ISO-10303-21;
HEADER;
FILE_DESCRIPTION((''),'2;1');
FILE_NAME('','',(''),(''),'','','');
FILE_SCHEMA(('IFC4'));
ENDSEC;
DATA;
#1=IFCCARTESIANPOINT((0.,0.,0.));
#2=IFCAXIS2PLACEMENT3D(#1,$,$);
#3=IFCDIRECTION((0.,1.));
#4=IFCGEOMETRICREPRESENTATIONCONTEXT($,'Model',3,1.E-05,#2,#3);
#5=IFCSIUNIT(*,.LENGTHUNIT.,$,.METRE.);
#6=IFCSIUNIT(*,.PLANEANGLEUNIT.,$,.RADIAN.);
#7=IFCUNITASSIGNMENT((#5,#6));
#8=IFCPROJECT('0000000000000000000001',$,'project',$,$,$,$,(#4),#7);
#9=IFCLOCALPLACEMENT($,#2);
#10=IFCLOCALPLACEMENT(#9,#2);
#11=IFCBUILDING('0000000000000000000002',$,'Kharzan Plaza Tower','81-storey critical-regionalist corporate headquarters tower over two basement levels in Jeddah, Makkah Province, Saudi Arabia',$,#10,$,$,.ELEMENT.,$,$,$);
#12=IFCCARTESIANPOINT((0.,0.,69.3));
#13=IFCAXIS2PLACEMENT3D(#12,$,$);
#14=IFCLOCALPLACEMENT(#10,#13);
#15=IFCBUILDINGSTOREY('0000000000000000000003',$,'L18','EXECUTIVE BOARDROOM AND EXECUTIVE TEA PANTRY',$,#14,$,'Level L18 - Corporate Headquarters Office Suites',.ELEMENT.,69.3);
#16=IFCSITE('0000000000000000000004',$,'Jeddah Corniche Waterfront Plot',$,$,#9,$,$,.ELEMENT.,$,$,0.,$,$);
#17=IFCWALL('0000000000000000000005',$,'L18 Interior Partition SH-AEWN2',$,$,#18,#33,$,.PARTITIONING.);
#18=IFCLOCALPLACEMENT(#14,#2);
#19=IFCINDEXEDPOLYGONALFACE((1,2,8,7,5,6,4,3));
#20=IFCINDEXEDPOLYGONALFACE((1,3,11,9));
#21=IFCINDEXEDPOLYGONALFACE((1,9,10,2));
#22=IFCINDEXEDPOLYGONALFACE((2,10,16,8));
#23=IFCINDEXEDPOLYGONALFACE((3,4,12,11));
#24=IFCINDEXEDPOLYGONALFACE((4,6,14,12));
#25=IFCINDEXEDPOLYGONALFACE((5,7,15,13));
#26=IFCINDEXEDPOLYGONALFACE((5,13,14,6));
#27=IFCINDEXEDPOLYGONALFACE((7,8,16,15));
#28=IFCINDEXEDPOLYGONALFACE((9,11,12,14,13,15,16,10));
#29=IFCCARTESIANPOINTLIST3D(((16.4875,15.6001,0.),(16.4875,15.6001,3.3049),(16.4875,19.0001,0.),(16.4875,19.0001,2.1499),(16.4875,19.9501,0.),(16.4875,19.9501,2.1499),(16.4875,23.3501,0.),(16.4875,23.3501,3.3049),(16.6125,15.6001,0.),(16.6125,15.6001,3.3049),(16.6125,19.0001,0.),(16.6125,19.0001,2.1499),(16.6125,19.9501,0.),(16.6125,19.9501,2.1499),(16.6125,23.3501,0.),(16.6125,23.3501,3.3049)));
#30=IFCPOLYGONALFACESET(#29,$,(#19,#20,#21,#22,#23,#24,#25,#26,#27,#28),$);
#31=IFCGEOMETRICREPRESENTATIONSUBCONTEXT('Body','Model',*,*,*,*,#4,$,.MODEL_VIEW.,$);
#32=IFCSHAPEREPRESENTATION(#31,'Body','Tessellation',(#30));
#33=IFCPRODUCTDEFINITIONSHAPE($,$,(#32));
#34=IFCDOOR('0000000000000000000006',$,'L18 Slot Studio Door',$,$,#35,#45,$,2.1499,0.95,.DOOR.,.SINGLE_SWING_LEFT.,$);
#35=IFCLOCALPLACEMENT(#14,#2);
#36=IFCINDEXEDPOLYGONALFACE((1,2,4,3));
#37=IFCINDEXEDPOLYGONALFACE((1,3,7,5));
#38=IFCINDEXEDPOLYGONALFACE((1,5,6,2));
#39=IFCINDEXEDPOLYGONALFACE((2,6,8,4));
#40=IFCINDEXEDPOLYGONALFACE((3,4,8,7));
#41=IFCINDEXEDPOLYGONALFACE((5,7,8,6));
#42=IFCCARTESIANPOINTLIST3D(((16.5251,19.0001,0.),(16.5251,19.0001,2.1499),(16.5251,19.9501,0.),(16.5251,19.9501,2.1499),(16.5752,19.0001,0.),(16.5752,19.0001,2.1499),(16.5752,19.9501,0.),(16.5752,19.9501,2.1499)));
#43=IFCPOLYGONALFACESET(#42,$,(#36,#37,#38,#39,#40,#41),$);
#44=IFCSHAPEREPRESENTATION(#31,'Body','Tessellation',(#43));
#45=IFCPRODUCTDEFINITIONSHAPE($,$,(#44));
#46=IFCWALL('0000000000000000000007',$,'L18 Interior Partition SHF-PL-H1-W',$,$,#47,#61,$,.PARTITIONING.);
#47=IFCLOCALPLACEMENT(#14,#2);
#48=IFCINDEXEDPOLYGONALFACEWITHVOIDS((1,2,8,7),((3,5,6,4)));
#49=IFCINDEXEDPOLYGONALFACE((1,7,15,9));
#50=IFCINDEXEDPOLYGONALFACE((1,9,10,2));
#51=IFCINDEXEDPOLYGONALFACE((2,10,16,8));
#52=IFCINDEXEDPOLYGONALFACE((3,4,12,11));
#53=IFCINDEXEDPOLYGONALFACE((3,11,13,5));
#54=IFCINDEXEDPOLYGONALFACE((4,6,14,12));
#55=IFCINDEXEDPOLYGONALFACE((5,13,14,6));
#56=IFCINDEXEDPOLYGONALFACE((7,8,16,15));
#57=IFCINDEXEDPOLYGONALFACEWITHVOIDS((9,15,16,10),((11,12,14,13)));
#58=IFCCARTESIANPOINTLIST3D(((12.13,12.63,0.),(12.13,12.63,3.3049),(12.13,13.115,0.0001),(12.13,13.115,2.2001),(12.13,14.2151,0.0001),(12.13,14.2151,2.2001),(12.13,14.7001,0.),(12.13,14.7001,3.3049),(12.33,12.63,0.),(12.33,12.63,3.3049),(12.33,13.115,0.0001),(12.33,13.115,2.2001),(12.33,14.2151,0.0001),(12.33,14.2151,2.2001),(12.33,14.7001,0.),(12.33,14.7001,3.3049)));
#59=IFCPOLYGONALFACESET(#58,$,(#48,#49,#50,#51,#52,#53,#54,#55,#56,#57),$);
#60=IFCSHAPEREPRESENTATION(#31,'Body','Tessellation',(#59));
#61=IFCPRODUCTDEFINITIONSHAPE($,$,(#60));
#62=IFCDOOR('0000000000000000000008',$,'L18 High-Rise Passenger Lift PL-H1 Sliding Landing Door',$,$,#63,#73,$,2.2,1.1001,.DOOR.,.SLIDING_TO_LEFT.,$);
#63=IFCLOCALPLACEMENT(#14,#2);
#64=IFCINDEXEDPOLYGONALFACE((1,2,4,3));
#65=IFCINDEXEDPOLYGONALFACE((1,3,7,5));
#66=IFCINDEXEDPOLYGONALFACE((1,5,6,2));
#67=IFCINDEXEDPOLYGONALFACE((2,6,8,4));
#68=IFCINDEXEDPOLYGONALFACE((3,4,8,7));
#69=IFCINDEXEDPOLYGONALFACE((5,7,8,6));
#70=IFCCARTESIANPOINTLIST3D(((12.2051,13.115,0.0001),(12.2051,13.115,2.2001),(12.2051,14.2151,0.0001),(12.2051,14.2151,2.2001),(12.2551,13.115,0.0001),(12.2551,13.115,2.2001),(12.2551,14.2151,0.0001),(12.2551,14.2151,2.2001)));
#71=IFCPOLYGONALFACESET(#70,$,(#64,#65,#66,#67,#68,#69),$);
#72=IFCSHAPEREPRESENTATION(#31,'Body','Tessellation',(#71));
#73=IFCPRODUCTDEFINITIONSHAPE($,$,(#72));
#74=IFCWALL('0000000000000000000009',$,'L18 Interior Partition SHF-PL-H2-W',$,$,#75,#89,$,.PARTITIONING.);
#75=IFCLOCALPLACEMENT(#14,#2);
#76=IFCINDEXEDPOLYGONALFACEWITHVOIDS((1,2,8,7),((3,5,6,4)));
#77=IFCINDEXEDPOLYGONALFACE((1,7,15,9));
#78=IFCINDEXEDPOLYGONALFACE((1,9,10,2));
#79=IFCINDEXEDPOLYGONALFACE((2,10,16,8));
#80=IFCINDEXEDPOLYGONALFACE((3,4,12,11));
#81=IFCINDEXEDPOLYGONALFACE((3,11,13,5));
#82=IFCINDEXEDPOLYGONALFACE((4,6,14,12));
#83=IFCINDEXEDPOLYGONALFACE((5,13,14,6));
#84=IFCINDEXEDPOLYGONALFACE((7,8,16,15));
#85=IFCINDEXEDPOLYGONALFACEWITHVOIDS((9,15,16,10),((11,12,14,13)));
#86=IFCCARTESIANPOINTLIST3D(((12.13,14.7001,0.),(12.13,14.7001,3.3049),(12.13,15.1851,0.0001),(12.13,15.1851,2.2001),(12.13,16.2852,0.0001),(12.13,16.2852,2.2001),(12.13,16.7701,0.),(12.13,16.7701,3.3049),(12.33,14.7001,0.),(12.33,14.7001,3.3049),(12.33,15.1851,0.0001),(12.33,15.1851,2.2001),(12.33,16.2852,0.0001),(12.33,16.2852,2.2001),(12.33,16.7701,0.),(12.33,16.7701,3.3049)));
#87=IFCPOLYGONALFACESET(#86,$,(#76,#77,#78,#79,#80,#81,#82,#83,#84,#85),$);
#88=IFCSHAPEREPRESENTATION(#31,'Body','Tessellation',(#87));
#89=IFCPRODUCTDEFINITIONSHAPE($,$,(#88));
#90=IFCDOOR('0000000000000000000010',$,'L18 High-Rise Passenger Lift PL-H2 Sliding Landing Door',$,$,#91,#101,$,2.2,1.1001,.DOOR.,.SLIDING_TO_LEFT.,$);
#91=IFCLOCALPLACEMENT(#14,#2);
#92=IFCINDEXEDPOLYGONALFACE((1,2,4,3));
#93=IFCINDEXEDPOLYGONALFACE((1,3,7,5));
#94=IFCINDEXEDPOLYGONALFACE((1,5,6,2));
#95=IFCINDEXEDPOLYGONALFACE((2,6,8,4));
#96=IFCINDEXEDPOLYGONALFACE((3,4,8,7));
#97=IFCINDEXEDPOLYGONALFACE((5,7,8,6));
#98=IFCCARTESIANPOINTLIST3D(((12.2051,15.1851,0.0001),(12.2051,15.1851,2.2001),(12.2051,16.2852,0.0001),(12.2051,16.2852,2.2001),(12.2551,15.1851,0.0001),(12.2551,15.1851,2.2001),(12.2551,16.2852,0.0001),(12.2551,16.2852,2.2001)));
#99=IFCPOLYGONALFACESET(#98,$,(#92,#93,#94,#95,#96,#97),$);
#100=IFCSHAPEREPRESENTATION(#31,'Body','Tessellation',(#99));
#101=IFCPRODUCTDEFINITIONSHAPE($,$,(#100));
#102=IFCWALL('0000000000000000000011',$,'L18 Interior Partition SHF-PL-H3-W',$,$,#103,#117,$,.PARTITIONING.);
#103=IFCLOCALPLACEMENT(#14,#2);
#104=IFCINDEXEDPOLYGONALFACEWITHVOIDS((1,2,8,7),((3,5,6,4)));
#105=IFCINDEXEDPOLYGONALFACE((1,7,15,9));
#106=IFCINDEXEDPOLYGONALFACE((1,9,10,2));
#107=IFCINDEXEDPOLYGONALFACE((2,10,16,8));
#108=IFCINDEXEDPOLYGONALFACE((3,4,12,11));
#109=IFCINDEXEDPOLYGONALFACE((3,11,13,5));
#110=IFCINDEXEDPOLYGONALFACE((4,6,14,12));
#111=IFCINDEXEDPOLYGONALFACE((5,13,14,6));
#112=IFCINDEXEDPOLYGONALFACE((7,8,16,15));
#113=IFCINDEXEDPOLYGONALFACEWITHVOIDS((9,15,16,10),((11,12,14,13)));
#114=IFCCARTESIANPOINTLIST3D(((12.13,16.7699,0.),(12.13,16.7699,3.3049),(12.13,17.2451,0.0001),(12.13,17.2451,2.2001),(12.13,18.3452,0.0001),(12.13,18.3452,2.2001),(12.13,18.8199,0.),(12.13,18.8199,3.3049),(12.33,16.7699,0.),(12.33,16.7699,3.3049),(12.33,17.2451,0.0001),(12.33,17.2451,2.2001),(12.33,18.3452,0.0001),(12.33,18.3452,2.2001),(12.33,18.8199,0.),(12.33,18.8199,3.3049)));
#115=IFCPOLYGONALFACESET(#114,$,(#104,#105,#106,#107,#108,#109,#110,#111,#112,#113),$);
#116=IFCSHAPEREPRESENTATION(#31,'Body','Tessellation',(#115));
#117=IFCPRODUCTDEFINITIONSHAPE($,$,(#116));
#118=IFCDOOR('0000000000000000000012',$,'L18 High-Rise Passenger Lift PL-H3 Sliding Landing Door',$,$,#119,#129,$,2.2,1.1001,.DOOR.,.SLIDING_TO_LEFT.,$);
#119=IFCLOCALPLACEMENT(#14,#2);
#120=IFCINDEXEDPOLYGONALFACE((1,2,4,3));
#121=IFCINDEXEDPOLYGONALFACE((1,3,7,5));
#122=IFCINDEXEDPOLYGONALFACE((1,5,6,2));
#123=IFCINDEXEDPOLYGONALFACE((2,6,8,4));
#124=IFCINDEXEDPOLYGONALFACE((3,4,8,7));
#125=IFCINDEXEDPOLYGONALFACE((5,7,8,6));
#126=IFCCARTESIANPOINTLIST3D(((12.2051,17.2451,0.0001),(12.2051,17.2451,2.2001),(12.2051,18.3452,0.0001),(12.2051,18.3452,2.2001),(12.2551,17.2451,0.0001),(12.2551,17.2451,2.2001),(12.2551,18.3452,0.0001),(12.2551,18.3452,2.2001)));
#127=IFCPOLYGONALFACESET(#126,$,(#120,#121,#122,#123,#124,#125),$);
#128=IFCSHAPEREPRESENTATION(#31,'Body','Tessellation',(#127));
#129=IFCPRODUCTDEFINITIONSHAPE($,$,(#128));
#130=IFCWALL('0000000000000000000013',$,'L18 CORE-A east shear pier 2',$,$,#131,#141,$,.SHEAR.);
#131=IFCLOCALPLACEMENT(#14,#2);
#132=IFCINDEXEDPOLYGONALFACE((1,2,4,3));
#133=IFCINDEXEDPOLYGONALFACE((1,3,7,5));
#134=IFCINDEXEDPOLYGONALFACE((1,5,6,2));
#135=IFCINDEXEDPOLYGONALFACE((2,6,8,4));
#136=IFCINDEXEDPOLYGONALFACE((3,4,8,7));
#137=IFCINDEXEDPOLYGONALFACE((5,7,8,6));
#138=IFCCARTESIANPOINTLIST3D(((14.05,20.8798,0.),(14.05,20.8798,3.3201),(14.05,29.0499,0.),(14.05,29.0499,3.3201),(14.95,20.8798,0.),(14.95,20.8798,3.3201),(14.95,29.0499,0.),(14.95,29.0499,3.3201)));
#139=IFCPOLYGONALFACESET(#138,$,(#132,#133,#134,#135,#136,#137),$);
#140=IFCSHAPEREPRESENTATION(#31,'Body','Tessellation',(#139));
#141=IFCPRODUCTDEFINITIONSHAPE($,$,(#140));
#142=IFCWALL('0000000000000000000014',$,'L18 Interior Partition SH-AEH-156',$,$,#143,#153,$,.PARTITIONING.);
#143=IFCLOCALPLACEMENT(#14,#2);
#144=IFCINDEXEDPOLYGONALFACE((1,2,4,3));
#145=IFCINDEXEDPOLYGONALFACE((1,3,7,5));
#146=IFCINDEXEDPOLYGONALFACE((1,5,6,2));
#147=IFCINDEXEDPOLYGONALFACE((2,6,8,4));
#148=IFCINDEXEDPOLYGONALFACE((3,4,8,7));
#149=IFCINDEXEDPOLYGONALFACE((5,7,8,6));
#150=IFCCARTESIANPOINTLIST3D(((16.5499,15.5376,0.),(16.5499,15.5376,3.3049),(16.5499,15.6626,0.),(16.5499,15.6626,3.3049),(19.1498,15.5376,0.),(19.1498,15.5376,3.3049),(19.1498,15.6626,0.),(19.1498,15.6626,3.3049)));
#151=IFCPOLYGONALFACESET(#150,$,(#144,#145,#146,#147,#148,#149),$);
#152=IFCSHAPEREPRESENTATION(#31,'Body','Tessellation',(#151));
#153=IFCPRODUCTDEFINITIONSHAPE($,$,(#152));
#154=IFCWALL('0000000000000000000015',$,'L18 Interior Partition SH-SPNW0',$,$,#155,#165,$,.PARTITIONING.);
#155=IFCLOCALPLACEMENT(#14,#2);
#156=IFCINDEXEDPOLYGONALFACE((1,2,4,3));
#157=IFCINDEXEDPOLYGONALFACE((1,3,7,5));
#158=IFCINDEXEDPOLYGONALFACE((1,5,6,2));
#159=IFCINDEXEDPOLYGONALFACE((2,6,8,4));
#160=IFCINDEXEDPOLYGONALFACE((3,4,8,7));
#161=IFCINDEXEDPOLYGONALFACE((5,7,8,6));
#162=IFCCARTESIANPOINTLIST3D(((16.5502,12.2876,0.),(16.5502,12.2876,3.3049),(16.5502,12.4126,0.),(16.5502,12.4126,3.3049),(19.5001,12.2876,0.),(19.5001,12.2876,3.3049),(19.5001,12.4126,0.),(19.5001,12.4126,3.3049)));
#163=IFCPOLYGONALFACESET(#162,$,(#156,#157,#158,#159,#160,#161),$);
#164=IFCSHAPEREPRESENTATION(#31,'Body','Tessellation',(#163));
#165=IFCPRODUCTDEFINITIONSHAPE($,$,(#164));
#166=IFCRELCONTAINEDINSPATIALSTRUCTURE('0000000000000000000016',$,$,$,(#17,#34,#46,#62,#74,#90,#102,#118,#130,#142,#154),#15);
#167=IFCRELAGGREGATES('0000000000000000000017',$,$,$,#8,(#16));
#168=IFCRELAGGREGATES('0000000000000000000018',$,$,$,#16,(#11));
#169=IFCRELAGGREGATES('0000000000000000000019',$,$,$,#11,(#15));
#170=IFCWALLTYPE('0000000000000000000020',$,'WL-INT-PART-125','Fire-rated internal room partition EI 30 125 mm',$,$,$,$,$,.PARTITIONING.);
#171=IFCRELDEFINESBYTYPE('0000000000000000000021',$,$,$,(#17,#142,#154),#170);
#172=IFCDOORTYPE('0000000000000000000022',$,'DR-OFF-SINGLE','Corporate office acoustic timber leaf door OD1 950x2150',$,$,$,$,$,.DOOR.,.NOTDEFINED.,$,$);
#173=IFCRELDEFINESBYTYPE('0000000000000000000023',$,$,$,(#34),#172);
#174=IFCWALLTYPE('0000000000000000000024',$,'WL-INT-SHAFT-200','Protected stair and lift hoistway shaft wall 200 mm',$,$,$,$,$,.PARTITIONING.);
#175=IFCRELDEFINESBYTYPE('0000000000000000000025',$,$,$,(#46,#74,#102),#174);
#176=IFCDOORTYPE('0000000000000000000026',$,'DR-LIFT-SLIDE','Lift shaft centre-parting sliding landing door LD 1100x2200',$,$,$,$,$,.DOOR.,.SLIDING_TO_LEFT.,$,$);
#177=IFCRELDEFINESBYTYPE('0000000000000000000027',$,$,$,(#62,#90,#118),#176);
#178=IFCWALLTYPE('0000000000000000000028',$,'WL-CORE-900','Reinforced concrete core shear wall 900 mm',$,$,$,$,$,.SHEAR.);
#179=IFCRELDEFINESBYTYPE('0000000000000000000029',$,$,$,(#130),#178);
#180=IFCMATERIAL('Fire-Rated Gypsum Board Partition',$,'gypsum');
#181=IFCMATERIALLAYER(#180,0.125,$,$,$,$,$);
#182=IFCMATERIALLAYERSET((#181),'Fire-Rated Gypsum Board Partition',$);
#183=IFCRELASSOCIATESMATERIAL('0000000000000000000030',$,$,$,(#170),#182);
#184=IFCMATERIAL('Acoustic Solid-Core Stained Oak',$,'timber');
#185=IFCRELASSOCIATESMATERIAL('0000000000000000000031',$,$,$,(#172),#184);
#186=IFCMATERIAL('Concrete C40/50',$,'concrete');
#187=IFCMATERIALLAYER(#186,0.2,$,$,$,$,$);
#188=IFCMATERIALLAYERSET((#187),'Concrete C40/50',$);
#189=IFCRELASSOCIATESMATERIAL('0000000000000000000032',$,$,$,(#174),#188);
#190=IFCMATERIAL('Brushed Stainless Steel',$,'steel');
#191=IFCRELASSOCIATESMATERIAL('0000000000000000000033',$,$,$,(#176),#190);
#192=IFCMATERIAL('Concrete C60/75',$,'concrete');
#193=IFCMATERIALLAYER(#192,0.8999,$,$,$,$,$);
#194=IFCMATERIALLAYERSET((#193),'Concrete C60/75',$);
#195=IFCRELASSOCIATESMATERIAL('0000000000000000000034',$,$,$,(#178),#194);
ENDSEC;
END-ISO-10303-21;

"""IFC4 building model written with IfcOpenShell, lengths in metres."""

from ifc_helpers import new_model, si_unit, direction, frame, frame_2d, origin, place, context, subcontext, project, spatial, rectangle, extrude, source, transform, mapped, material, layer, layer_set, type_object, element, fill, save


model = new_model("IFC4")

# Units and contexts
model_context = context("Model", 3, precision=1e-05, world=origin(), true_north=direction((0.0, 1.0)))
body_context = subcontext(model_context, "Body", "Model", "MODEL_VIEW")
ifc_project = project(units=[si_unit("LENGTHUNIT", "METRE"), si_unit("PLANEANGLEUNIT", "RADIAN")], contexts=[model_context])

# Site, building, storey
site_placement = place(None, origin())
site = spatial("IfcSite", under=ifc_project, at=site_placement, Name="Jeddah Corniche Waterfront Plot", CompositionType="ELEMENT", RefElevation=0.0)
building_placement = place(site_placement, origin())
building = spatial("IfcBuilding", under=site, at=building_placement, Name="Kharzan Plaza Tower", Description="81-storey critical-regionalist corporate headquarters tower over two basement levels in Jeddah, Makkah Province, Saudi Arabia", CompositionType="ELEMENT")
storey_placement = place(building_placement, frame((0.0, 0.0, 69.3)))
storey = spatial("IfcBuildingStorey", under=building, at=storey_placement, Name="L18", Description="EXECUTIVE BOARDROOM AND EXECUTIVE TEA PANTRY", LongName="Level L18 - Corporate Headquarters Office Suites", CompositionType="ELEMENT", Elevation=69.3)

# Shared definitions
ifc_material_1 = material(Name="Concrete C60/75", Category="concrete")

# Walls, openings, doors
ifc_material_2 = material(Name="Fire-Rated Gypsum Board Partition", Category="gypsum")
ifc_layer_1 = layer(ifc_material_2, 0.125)
ifc_layer_set_1 = layer_set([ifc_layer_1], Name="Fire-Rated Gypsum Board Partition")
wall_type_1 = type_object("IfcWallType", Name="WL-INT-PART-125", Description="Fire-rated internal room partition EI 30 125 mm", PredefinedType="PARTITIONING", material=ifc_layer_set_1)
ifc_material_3 = material(Name="Acoustic Solid-Core Stained Oak", Category="timber")
door_type_1 = type_object("IfcDoorType", Name="DR-OFF-SINGLE", Description="Corporate office acoustic timber leaf door OD1 950x2150", OperationType="NOTDEFINED", PredefinedType="DOOR", material=ifc_material_3)
shared_shape_1 = source(origin(), body_context, "Body", "SweptSolid", [
    extrude(rectangle(XDim=0.95, YDim=2.1499, at=frame_2d((0.4751, 1.075))), frame((0.0, 0.0249, 0.0), z_axis=(0.0, -1.0, 0.0), x_axis=(1.0, 0.0, 0.0)), (0.0, 0.0, 1.0), 0.05),
])
wall_1_placement = place(storey_placement, frame((16.55, 15.6001, 0.0), z_axis=(0.0, 0.0, 1.0), x_axis=(0.0, 1.0, 0.0)))
wall_1 = element("IfcWall", 1, at=wall_1_placement, inside=storey, type_object=wall_type_1, Name="L18 Interior Partition SH-AEWN2", PredefinedType="PARTITIONING", context=body_context, shape_type="SweptSolid", body=[
    extrude(rectangle(XDim=7.75, YDim=0.125, at=frame_2d((3.875, 0.0))), origin(), (0.0, 0.0, 1.0), 3.3049),
])
opening_1_placement = place(wall_1_placement, frame((3.3999, 0.0, 0.0)))
opening_1 = element("IfcOpeningElement", 2, at=opening_1_placement, cuts=wall_1, PredefinedType="OPENING", context=body_context, shape_type="SweptSolid", body=[
    extrude(rectangle(XDim=0.95, YDim=2.1499, at=frame_2d((0.4751, 1.075))), frame((0.0, 0.0725, 0.0), z_axis=(0.0, -1.0, 0.0), x_axis=(1.0, 0.0, 0.0)), (0.0, 0.0, 1.0), 0.145),
])
door_1_placement = place(opening_1_placement, origin())
door_1 = element("IfcDoor", 3, at=door_1_placement, inside=storey, type_object=door_type_1, Name="L18 Slot Studio Door", OperationType="SINGLE_SWING_LEFT", OverallHeight=2.1499, OverallWidth=0.95, PredefinedType="DOOR", context=body_context, shape_type="MappedRepresentation", body=[
    mapped(shared_shape_1, transform((0.0, 0.0, 0.0), x_axis=(1.0, 0.0, 0.0), y_axis=(0.0, 1.0, 0.0), z_axis=(0.0, 0.0, 1.0))),
])
fill(opening_1, door_1)
ifc_material_4 = material(Name="Concrete C40/50", Category="concrete")
ifc_layer_2 = layer(ifc_material_4, 0.2)
ifc_layer_set_2 = layer_set([ifc_layer_2], Name="Concrete C40/50")
wall_type_2 = type_object("IfcWallType", Name="WL-INT-SHAFT-200", Description="Protected stair and lift hoistway shaft wall 200 mm", PredefinedType="PARTITIONING", material=ifc_layer_set_2)
wall_2_placement = place(storey_placement, frame((12.23, 12.6299, 0.0), z_axis=(0.0, 0.0, 1.0), x_axis=(0.0, 1.0, 0.0)))
wall_2 = element("IfcWall", 4, at=wall_2_placement, inside=storey, type_object=wall_type_2, Name="L18 Interior Partition SHF-PL-H1-W", PredefinedType="PARTITIONING", context=body_context, shape_type="SweptSolid", body=[
    extrude(rectangle(XDim=2.0701, YDim=0.2, at=frame_2d((1.0352, 0.0))), origin(), (0.0, 0.0, 1.0), 3.3049),
])
opening_2_placement = place(wall_2_placement, frame((0.4851, 0.0, 0.0)))
opening_2 = element("IfcOpeningElement", 5, at=opening_2_placement, cuts=wall_2, PredefinedType="OPENING", context=body_context, shape_type="SweptSolid", body=[
    extrude(rectangle(XDim=1.1001, YDim=2.2, at=frame_2d((0.55, 1.1001))), frame((0.0, 0.1099, 0.0), z_axis=(0.0, -1.0, 0.0), x_axis=(1.0, 0.0, 0.0)), (0.0, 0.0, 1.0), 0.22),
])
ifc_material_5 = material(Name="Brushed Stainless Steel", Category="steel")
door_type_2 = type_object("IfcDoorType", Name="DR-LIFT-SLIDE", Description="Lift shaft centre-parting sliding landing door LD 1100x2200", OperationType="SLIDING_TO_LEFT", PredefinedType="DOOR", material=ifc_material_5)
shared_shape_2 = source(origin(), body_context, "Body", "SweptSolid", [
    extrude(rectangle(XDim=1.1001, YDim=2.2, at=frame_2d((0.55, 1.1001))), frame((0.0, 0.0249, 0.0), z_axis=(0.0, -1.0, 0.0), x_axis=(1.0, 0.0, 0.0)), (0.0, 0.0, 1.0), 0.05),
])
door_2_placement = place(opening_2_placement, origin())
door_2 = element("IfcDoor", 6, at=door_2_placement, inside=storey, type_object=door_type_2, Name="L18 High-Rise Passenger Lift PL-H1 Sliding Landing Door", OperationType="SLIDING_TO_LEFT", OverallHeight=2.2, OverallWidth=1.1001, PredefinedType="DOOR", context=body_context, shape_type="MappedRepresentation", body=[
    mapped(shared_shape_2, transform((0.0, 0.0, 0.0), x_axis=(1.0, 0.0, 0.0), y_axis=(0.0, 1.0, 0.0), z_axis=(0.0, 0.0, 1.0))),
])
fill(opening_2, door_2)
wall_3_placement = place(storey_placement, frame((12.23, 14.7, 0.0), z_axis=(0.0, 0.0, 1.0), x_axis=(0.0, 1.0, 0.0)))
wall_3 = element("IfcWall", 7, at=wall_3_placement, inside=storey, type_object=wall_type_2, Name="L18 Interior Partition SHF-PL-H2-W", PredefinedType="PARTITIONING", context=body_context, shape_type="SweptSolid", body=[
    extrude(rectangle(XDim=2.0701, YDim=0.2, at=frame_2d((1.0352, 0.0))), origin(), (0.0, 0.0, 1.0), 3.3049),
])
opening_3_placement = place(wall_3_placement, frame((0.4851, 0.0, 0.0)))
opening_3 = element("IfcOpeningElement", 8, at=opening_3_placement, cuts=wall_3, PredefinedType="OPENING", context=body_context, shape_type="SweptSolid", body=[
    extrude(rectangle(XDim=1.1001, YDim=2.2, at=frame_2d((0.55, 1.1001))), frame((0.0, 0.1099, 0.0), z_axis=(0.0, -1.0, 0.0), x_axis=(1.0, 0.0, 0.0)), (0.0, 0.0, 1.0), 0.22),
])
door_3_placement = place(opening_3_placement, origin())
door_3 = element("IfcDoor", 9, at=door_3_placement, inside=storey, type_object=door_type_2, Name="L18 High-Rise Passenger Lift PL-H2 Sliding Landing Door", OperationType="SLIDING_TO_LEFT", OverallHeight=2.2, OverallWidth=1.1001, PredefinedType="DOOR", context=body_context, shape_type="MappedRepresentation", body=[
    mapped(shared_shape_2, transform((0.0, 0.0, 0.0), x_axis=(1.0, 0.0, 0.0), y_axis=(0.0, 1.0, 0.0), z_axis=(0.0, 0.0, 1.0))),
])
fill(opening_3, door_3)
wall_4_placement = place(storey_placement, frame((12.23, 16.77, 0.0), z_axis=(0.0, 0.0, 1.0), x_axis=(0.0, 1.0, 0.0)))
wall_4 = element("IfcWall", 10, at=wall_4_placement, inside=storey, type_object=wall_type_2, Name="L18 Interior Partition SHF-PL-H3-W", PredefinedType="PARTITIONING", context=body_context, shape_type="SweptSolid", body=[
    extrude(rectangle(XDim=2.05, YDim=0.2, at=frame_2d((1.0249, 0.0))), origin(), (0.0, 0.0, 1.0), 3.3049),
])
opening_4_placement = place(wall_4_placement, frame((0.4751, 0.0, 0.0)))
opening_4 = element("IfcOpeningElement", 11, at=opening_4_placement, cuts=wall_4, PredefinedType="OPENING", context=body_context, shape_type="SweptSolid", body=[
    extrude(rectangle(XDim=1.1001, YDim=2.2, at=frame_2d((0.55, 1.1001))), frame((0.0, 0.1099, 0.0), z_axis=(0.0, -1.0, 0.0), x_axis=(1.0, 0.0, 0.0)), (0.0, 0.0, 1.0), 0.22),
])
door_4_placement = place(opening_4_placement, origin())
door_4 = element("IfcDoor", 12, at=door_4_placement, inside=storey, type_object=door_type_2, Name="L18 High-Rise Passenger Lift PL-H3 Sliding Landing Door", OperationType="SLIDING_TO_LEFT", OverallHeight=2.2, OverallWidth=1.1001, PredefinedType="DOOR", context=body_context, shape_type="MappedRepresentation", body=[
    mapped(shared_shape_2, transform((0.0, 0.0, 0.0), x_axis=(1.0, 0.0, 0.0), y_axis=(0.0, 1.0, 0.0), z_axis=(0.0, 0.0, 1.0))),
])
fill(opening_4, door_4)

# Walls
ifc_layer_3 = layer(ifc_material_1, 0.8999)
ifc_layer_set_3 = layer_set([ifc_layer_3], Name="Concrete C60/75")
wall_type_3 = type_object("IfcWallType", Name="WL-CORE-900", Description="Reinforced concrete core shear wall 900 mm", PredefinedType="SHEAR", material=ifc_layer_set_3)
shared_shape_3 = source(origin(), body_context, "Body", "SweptSolid", [
    extrude(rectangle(XDim=8.1702, YDim=0.8999, at=frame_2d((4.085, 0.0))), origin(), (0.0, 0.0, 1.0), 3.3201),
])
wall_5_placement = place(storey_placement, frame((14.5, 20.8799, 0.0), z_axis=(0.0, 0.0, 1.0), x_axis=(0.0, 1.0, 0.0)))
element("IfcWall", 13, at=wall_5_placement, inside=storey, type_object=wall_type_3, Name="L18 CORE-A east shear pier 2", PredefinedType="SHEAR", context=body_context, shape_type="MappedRepresentation", body=[
    mapped(shared_shape_3, transform((0.0, 0.0, 0.0), x_axis=(1.0, 0.0, 0.0), y_axis=(0.0, 1.0, 0.0), z_axis=(0.0, 0.0, 1.0))),
])
shared_shape_4 = source(origin(), body_context, "Body", "SweptSolid", [
    extrude(rectangle(XDim=2.5999, YDim=0.125, at=frame_2d((1.2998, 0.0))), origin(), (0.0, 0.0, 1.0), 3.3049),
])
wall_6_placement = place(storey_placement, frame((16.55, 15.6001, 0.0), z_axis=(0.0, 0.0, 1.0), x_axis=(1.0, 0.0, 0.0)))
element("IfcWall", 14, at=wall_6_placement, inside=storey, type_object=wall_type_1, Name="L18 Interior Partition SH-AEH-156", PredefinedType="PARTITIONING", context=body_context, shape_type="MappedRepresentation", body=[
    mapped(shared_shape_4, transform((0.0, 0.0, 0.0), x_axis=(1.0, 0.0, 0.0), y_axis=(0.0, 1.0, 0.0), z_axis=(0.0, 0.0, 1.0))),
])
shared_shape_5 = source(origin(), body_context, "Body", "SweptSolid", [
    extrude(rectangle(XDim=2.95, YDim=0.125, at=frame_2d((1.4751, 0.0))), origin(), (0.0, 0.0, 1.0), 3.3049),
])
for number, where, z_axis, x_axis, name in (
    (15, (16.55, 12.3501, 0.0), (0.0, 0.0, 1.0), (1.0, 0.0, 0.0), "L18 Interior Partition SH-SPNW0"),
):
    element("IfcWall", number, at=place(storey_placement, frame(where, z_axis=z_axis, x_axis=x_axis)), inside=storey, type_object=wall_type_1, Name=name, PredefinedType="PARTITIONING", context=body_context, shape_type="MappedRepresentation", body=[
        mapped(shared_shape_5, transform((0.0, 0.0, 0.0), x_axis=(1.0, 0.0, 0.0), y_axis=(0.0, 1.0, 0.0), z_axis=(0.0, 0.0, 1.0))),
    ])

save(model, "model.ifc")
